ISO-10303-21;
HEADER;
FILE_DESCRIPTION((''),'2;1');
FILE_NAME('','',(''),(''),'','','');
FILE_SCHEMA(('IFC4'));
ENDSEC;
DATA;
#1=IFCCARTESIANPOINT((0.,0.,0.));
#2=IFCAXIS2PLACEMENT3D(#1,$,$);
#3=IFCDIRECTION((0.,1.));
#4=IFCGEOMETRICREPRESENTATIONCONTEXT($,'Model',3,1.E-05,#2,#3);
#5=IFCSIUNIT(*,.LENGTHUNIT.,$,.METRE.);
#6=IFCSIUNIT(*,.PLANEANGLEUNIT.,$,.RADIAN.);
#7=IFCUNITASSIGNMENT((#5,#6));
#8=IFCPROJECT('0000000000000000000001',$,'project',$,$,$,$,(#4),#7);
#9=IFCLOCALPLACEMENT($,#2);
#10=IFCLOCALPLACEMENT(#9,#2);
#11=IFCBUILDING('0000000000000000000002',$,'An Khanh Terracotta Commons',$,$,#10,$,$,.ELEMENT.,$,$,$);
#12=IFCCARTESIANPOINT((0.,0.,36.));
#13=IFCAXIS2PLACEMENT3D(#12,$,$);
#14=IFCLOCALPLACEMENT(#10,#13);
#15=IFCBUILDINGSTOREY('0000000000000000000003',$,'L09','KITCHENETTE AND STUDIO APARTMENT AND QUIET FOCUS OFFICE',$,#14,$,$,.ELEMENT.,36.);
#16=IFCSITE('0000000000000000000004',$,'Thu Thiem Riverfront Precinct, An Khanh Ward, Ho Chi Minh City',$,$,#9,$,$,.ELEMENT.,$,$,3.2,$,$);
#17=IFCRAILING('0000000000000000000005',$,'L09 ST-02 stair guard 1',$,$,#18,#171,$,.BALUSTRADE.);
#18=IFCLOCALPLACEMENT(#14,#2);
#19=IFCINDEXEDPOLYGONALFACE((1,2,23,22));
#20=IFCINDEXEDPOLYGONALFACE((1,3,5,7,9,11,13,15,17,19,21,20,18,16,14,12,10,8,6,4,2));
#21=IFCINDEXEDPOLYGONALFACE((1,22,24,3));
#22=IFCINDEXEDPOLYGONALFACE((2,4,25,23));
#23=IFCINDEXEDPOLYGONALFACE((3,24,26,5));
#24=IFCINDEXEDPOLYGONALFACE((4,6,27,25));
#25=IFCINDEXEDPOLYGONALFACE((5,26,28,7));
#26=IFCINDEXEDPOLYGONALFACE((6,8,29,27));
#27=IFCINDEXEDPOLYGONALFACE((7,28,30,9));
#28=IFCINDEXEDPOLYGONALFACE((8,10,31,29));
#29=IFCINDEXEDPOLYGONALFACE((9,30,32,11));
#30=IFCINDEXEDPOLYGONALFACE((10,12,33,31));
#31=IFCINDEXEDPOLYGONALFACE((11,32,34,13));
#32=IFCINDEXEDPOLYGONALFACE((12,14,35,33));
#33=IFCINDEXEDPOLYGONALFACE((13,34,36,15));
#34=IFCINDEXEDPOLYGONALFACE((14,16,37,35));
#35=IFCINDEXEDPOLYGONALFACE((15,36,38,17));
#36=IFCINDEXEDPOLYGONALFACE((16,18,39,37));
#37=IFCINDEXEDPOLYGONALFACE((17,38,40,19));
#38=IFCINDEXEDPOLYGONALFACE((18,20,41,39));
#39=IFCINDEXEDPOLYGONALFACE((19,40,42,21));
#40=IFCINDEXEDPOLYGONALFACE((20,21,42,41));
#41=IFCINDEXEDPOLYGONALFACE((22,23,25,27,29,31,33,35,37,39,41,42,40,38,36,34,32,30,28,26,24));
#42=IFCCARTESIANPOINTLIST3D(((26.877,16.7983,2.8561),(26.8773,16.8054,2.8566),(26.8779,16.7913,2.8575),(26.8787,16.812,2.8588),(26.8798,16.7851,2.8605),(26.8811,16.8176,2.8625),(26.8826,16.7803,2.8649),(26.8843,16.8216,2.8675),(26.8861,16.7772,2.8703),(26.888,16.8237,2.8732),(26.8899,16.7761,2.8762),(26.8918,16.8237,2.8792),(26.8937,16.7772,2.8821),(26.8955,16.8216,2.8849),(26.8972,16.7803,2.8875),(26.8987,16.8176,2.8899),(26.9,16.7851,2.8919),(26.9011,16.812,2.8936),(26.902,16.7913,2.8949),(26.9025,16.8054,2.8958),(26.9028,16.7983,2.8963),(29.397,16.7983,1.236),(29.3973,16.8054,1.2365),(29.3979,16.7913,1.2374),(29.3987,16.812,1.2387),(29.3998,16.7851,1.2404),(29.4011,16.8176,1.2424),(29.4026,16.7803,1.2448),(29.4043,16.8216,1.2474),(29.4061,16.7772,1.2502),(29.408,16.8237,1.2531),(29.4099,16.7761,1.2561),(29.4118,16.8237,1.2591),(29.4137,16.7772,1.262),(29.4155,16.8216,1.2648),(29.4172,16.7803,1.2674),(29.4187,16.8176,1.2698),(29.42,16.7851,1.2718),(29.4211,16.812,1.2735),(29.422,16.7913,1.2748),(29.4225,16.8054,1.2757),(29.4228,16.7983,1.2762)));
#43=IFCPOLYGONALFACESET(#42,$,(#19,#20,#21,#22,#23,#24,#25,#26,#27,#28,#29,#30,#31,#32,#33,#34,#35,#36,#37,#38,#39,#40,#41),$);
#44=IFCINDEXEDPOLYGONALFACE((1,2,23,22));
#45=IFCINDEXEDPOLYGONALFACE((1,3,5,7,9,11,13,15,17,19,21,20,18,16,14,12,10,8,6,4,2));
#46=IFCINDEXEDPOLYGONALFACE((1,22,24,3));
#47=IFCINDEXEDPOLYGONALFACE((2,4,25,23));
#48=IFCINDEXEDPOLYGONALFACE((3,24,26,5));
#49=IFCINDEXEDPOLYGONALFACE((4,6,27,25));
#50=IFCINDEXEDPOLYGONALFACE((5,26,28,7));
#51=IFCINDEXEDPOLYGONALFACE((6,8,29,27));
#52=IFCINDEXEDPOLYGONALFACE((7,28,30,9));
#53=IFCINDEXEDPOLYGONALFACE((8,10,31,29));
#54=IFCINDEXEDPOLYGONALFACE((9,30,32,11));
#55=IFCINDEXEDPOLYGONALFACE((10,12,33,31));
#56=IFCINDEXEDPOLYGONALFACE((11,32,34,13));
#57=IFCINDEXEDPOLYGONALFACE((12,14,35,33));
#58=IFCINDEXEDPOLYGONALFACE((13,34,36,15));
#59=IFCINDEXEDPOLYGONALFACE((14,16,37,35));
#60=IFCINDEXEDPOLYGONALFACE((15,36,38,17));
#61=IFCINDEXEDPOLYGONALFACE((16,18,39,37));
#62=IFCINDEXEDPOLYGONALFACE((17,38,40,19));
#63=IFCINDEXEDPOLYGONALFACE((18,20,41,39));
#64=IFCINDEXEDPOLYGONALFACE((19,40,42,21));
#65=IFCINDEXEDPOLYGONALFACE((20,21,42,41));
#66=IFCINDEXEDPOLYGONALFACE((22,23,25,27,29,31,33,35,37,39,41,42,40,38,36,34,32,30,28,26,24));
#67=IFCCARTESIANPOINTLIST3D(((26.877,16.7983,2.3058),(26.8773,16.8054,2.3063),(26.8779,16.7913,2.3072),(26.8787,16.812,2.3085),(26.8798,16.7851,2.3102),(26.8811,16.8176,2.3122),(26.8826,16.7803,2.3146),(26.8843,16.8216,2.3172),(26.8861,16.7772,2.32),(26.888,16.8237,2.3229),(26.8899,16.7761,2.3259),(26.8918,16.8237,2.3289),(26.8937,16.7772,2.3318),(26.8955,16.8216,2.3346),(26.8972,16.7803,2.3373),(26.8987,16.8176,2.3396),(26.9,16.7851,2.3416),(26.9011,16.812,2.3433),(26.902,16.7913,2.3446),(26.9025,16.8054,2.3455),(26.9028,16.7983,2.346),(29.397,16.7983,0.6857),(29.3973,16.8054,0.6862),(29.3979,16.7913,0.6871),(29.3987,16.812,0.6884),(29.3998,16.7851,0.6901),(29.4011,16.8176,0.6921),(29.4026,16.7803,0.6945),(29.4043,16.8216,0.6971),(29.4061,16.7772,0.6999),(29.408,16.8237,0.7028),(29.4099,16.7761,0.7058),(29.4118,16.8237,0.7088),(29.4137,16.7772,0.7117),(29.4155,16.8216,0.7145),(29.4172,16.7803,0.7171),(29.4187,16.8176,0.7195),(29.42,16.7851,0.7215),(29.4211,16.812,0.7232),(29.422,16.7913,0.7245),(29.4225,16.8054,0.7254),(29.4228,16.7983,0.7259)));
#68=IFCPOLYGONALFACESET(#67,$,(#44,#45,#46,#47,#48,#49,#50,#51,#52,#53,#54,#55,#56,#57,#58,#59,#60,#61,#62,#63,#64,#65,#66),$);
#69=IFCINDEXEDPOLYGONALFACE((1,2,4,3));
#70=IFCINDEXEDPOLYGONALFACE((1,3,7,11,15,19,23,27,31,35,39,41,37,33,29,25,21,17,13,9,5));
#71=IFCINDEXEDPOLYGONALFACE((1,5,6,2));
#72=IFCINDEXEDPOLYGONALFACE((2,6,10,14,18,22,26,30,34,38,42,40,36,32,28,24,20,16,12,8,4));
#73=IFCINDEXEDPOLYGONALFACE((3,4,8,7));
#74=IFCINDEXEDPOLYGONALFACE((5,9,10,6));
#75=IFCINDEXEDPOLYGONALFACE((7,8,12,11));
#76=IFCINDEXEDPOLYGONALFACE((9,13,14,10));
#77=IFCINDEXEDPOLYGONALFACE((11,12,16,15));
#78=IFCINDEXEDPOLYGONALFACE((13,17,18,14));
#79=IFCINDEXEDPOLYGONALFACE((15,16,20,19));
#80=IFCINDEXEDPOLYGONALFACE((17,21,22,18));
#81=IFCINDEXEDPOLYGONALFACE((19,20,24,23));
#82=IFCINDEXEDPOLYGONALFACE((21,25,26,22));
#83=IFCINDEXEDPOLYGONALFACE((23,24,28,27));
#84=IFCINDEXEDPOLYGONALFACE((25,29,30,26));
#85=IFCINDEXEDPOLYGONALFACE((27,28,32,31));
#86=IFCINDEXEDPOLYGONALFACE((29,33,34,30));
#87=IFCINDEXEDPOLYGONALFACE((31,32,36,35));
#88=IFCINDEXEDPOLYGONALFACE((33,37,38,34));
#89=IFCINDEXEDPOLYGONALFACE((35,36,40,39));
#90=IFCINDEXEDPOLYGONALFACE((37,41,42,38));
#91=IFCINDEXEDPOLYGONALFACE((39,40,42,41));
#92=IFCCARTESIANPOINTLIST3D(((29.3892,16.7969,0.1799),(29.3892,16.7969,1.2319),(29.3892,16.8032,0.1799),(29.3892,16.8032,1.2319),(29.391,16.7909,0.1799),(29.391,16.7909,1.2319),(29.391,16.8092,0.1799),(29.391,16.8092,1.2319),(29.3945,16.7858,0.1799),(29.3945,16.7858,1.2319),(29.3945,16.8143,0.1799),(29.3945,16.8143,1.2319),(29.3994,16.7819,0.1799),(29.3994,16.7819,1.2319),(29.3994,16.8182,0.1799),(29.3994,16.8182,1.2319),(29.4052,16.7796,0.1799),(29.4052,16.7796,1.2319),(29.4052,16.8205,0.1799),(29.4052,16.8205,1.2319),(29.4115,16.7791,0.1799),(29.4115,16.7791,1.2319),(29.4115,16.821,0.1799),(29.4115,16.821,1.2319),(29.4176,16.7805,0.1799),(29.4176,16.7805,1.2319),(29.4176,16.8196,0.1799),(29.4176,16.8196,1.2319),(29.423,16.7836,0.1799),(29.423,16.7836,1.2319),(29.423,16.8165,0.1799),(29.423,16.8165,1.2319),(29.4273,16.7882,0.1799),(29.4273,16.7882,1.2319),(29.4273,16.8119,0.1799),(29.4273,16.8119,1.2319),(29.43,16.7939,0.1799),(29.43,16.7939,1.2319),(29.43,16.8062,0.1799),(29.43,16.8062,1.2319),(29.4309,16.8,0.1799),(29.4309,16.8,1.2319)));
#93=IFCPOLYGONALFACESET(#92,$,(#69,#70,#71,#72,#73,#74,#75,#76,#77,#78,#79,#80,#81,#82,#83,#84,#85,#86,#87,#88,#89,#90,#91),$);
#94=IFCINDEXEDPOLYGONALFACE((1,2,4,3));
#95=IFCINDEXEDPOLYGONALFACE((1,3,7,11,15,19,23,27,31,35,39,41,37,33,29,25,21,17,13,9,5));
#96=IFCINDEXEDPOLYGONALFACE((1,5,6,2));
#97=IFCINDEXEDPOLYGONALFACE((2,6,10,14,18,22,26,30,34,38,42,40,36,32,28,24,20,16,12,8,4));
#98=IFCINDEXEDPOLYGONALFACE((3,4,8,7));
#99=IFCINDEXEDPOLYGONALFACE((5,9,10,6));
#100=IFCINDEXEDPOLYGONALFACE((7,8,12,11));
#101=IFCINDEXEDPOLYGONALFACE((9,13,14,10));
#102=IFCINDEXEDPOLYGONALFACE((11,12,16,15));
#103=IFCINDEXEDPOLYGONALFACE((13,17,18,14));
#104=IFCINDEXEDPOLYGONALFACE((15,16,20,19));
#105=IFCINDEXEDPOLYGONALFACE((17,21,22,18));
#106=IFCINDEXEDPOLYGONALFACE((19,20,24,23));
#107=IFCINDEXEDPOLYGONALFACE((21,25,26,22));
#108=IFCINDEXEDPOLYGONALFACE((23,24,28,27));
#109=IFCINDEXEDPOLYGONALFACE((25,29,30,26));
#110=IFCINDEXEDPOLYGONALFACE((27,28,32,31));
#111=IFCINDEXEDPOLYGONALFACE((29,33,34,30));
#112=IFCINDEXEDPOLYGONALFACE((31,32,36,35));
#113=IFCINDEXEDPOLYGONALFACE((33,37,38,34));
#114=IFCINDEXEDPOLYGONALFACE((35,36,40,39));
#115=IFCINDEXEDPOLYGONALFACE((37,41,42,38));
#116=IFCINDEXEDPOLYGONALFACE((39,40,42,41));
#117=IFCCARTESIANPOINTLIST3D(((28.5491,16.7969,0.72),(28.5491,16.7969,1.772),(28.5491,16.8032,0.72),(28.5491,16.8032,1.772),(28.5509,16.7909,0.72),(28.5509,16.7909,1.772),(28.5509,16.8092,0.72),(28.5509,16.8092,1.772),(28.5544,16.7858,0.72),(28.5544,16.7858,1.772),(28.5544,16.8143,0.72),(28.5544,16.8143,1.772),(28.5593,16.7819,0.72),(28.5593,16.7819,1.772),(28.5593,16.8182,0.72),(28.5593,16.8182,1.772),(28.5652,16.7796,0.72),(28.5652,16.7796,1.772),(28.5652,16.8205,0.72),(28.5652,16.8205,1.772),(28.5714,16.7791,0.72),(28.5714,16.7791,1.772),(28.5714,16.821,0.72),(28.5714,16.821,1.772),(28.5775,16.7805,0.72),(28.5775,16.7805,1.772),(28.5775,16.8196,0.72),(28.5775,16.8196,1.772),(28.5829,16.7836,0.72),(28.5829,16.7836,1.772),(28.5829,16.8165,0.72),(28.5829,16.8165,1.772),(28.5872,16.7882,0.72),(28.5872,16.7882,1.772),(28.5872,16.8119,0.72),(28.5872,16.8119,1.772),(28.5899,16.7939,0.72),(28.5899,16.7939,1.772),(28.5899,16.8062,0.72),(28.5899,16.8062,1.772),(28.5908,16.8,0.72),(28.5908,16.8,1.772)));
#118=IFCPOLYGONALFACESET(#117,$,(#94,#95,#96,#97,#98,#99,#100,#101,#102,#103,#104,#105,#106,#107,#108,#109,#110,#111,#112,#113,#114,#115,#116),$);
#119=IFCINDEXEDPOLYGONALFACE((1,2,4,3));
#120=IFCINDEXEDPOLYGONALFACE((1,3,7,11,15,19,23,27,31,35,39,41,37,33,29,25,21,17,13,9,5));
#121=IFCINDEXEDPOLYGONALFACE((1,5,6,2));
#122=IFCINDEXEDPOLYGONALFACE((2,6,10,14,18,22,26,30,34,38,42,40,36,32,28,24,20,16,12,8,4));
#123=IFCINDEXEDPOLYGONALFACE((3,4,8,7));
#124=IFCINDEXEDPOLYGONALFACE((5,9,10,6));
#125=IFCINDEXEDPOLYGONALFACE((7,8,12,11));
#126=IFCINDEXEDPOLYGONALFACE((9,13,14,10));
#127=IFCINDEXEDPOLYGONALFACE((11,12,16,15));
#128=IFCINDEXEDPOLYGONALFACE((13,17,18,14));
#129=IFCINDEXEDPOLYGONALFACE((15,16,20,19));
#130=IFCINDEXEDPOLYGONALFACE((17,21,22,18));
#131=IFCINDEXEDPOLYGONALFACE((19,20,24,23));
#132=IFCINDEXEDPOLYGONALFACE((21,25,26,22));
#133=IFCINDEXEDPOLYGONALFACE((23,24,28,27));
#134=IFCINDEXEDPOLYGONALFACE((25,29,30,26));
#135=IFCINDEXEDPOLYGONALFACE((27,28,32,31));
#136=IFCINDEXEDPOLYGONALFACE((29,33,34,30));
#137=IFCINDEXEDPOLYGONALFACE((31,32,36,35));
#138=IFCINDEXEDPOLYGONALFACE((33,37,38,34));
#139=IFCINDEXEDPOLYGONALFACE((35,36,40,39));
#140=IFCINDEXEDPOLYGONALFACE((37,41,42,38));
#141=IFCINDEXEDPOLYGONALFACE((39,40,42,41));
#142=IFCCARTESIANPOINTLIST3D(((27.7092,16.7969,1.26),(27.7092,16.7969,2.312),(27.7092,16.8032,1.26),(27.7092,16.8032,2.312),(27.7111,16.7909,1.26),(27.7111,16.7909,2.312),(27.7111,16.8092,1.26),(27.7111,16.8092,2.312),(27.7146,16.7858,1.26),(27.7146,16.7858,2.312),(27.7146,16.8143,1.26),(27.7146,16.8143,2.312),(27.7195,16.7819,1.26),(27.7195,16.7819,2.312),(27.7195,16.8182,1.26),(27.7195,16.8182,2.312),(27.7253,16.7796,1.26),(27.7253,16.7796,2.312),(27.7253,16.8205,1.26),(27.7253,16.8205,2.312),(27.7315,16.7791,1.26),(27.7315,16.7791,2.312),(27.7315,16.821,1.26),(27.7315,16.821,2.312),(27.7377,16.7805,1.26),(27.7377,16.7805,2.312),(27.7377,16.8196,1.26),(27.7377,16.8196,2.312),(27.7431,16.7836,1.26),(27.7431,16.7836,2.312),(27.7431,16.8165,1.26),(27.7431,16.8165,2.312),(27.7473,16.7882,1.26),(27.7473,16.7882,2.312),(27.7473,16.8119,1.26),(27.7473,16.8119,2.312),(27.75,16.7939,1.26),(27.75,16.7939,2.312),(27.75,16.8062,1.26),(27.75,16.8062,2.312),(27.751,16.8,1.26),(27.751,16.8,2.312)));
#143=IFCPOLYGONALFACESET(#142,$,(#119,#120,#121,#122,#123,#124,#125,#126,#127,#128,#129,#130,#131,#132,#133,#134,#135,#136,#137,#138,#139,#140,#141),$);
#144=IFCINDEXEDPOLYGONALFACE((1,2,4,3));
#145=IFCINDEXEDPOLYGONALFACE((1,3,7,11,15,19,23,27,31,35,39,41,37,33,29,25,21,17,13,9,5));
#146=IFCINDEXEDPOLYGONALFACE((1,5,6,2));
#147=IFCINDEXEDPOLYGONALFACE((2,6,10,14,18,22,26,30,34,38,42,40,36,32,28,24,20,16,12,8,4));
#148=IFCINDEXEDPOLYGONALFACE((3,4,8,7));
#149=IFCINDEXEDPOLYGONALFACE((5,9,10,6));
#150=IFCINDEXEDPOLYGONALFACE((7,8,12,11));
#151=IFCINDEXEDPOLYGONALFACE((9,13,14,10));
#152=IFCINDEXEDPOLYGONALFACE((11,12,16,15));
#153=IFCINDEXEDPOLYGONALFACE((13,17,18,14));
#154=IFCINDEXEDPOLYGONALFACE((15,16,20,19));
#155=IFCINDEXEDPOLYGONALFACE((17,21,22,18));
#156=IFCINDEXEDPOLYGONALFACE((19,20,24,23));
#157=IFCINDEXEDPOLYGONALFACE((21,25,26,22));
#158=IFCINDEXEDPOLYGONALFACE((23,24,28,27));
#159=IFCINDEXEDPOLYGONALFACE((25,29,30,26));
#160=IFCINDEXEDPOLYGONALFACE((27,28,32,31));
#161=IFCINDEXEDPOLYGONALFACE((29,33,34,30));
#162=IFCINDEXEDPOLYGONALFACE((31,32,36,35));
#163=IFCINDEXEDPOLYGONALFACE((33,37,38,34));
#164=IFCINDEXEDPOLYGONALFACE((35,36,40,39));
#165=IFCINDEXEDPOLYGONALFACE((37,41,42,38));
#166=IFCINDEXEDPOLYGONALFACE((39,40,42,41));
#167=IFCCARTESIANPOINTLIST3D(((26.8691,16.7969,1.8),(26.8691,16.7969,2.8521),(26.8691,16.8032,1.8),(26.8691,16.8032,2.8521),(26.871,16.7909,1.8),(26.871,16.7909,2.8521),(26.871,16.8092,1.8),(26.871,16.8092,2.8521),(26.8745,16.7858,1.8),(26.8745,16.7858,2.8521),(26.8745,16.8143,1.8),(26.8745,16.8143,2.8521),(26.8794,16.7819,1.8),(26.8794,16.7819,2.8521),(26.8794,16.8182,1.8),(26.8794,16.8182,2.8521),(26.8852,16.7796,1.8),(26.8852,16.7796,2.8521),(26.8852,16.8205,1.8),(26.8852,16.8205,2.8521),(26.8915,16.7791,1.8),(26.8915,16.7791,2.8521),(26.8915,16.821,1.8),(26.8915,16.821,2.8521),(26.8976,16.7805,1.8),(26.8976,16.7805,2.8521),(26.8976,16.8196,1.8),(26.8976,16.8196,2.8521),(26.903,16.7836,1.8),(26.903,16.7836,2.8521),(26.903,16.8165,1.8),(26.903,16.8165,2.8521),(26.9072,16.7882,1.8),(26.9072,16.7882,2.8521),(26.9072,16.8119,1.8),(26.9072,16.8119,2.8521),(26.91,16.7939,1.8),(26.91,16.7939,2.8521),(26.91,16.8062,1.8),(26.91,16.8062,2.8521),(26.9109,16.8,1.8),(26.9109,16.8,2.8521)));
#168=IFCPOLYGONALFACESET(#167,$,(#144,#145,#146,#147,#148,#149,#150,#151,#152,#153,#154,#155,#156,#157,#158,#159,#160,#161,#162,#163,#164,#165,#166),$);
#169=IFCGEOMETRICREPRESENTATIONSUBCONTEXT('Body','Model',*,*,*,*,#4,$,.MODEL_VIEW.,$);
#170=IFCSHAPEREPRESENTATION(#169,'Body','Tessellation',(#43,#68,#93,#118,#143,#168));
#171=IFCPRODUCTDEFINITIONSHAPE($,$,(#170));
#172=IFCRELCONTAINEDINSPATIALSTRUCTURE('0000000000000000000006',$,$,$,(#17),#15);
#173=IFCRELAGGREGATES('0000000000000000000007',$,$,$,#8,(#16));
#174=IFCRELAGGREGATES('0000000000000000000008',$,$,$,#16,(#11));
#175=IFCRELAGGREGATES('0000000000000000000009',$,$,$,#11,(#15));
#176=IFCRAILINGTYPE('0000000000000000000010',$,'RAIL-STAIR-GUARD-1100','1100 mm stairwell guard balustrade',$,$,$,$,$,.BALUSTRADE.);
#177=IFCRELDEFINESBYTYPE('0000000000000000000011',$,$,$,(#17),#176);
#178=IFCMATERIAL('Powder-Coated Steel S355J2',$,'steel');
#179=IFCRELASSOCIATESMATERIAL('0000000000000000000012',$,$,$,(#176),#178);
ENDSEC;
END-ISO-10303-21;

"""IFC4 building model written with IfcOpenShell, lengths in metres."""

from ifc_helpers import new_model, si_unit, direction, frame, origin, origin_2d, place, context, subcontext, project, spatial, circle, extrude, material, type_object, element, save


model = new_model("IFC4")

# Units and contexts
model_context = context("Model", 3, precision=1e-05, world=origin(), true_north=direction((0.0, 1.0)))
body_context = subcontext(model_context, "Body", "Model", "MODEL_VIEW")
ifc_project = project(units=[si_unit("LENGTHUNIT", "METRE"), si_unit("PLANEANGLEUNIT", "RADIAN")], contexts=[model_context])

# Site, building, storey
site_placement = place(None, origin())
site = spatial("IfcSite", under=ifc_project, at=site_placement, Name="Thu Thiem Riverfront Precinct, An Khanh Ward, Ho Chi Minh City", CompositionType="ELEMENT", RefElevation=3.2)
building_placement = place(site_placement, origin())
building = spatial("IfcBuilding", under=site, at=building_placement, Name="An Khanh Terracotta Commons", CompositionType="ELEMENT")
storey_placement = place(building_placement, frame((0.0, 0.0, 36.0)))
storey = spatial("IfcBuildingStorey", under=building, at=storey_placement, Name="L09", Description="KITCHENETTE AND STUDIO APARTMENT AND QUIET FOCUS OFFICE", CompositionType="ELEMENT", Elevation=36.0)

# Railing
ifc_material_1 = material(Name="Powder-Coated Steel S355J2", Category="steel")
railing_type_1 = type_object("IfcRailingType", Name="RAIL-STAIR-GUARD-1100", Description="1100 mm stairwell guard balustrade", PredefinedType="BALUSTRADE", material=ifc_material_1)
railing_1_placement = place(storey_placement, frame((29.4099, 16.8, 0.1799)))
element("IfcRailing", 1, at=railing_1_placement, inside=storey, type_object=railing_type_1, Name="L09 ST-02 stair guard 1", PredefinedType="BALUSTRADE", context=body_context, shape_type="SweptSolid", body=[
    extrude(circle(Radius=0.0239, at=origin_2d()), frame((0.0, 0.0, 1.0762), z_axis=(-0.841163, 0.0, 0.540782), x_axis=(0.0, -1.0, 0.0)), (0.0, 0.0, 1.0), 2.9958),
    extrude(circle(Radius=0.0239, at=origin_2d()), frame((0.0, 0.0, 0.5259), z_axis=(-0.841163, 0.0, 0.540782), x_axis=(0.0, -1.0, 0.0)), (0.0, 0.0, 1.0), 2.9958),
    extrude(circle(Radius=0.021, at=origin_2d()), origin(), (0.0, 0.0, 1.0), 1.052),
    extrude(circle(Radius=0.021, at=origin_2d()), frame((-0.8401, 0.0, 0.54)), (0.0, 0.0, 1.0), 1.052),
    extrude(circle(Radius=0.021, at=origin_2d()), frame((-1.6799, 0.0, 1.0801)), (0.0, 0.0, 1.0), 1.052),
    extrude(circle(Radius=0.021, at=origin_2d()), frame((-2.52, 0.0, 1.6201)), (0.0, 0.0, 1.0), 1.052),
])

save(model, "model.ifc")
